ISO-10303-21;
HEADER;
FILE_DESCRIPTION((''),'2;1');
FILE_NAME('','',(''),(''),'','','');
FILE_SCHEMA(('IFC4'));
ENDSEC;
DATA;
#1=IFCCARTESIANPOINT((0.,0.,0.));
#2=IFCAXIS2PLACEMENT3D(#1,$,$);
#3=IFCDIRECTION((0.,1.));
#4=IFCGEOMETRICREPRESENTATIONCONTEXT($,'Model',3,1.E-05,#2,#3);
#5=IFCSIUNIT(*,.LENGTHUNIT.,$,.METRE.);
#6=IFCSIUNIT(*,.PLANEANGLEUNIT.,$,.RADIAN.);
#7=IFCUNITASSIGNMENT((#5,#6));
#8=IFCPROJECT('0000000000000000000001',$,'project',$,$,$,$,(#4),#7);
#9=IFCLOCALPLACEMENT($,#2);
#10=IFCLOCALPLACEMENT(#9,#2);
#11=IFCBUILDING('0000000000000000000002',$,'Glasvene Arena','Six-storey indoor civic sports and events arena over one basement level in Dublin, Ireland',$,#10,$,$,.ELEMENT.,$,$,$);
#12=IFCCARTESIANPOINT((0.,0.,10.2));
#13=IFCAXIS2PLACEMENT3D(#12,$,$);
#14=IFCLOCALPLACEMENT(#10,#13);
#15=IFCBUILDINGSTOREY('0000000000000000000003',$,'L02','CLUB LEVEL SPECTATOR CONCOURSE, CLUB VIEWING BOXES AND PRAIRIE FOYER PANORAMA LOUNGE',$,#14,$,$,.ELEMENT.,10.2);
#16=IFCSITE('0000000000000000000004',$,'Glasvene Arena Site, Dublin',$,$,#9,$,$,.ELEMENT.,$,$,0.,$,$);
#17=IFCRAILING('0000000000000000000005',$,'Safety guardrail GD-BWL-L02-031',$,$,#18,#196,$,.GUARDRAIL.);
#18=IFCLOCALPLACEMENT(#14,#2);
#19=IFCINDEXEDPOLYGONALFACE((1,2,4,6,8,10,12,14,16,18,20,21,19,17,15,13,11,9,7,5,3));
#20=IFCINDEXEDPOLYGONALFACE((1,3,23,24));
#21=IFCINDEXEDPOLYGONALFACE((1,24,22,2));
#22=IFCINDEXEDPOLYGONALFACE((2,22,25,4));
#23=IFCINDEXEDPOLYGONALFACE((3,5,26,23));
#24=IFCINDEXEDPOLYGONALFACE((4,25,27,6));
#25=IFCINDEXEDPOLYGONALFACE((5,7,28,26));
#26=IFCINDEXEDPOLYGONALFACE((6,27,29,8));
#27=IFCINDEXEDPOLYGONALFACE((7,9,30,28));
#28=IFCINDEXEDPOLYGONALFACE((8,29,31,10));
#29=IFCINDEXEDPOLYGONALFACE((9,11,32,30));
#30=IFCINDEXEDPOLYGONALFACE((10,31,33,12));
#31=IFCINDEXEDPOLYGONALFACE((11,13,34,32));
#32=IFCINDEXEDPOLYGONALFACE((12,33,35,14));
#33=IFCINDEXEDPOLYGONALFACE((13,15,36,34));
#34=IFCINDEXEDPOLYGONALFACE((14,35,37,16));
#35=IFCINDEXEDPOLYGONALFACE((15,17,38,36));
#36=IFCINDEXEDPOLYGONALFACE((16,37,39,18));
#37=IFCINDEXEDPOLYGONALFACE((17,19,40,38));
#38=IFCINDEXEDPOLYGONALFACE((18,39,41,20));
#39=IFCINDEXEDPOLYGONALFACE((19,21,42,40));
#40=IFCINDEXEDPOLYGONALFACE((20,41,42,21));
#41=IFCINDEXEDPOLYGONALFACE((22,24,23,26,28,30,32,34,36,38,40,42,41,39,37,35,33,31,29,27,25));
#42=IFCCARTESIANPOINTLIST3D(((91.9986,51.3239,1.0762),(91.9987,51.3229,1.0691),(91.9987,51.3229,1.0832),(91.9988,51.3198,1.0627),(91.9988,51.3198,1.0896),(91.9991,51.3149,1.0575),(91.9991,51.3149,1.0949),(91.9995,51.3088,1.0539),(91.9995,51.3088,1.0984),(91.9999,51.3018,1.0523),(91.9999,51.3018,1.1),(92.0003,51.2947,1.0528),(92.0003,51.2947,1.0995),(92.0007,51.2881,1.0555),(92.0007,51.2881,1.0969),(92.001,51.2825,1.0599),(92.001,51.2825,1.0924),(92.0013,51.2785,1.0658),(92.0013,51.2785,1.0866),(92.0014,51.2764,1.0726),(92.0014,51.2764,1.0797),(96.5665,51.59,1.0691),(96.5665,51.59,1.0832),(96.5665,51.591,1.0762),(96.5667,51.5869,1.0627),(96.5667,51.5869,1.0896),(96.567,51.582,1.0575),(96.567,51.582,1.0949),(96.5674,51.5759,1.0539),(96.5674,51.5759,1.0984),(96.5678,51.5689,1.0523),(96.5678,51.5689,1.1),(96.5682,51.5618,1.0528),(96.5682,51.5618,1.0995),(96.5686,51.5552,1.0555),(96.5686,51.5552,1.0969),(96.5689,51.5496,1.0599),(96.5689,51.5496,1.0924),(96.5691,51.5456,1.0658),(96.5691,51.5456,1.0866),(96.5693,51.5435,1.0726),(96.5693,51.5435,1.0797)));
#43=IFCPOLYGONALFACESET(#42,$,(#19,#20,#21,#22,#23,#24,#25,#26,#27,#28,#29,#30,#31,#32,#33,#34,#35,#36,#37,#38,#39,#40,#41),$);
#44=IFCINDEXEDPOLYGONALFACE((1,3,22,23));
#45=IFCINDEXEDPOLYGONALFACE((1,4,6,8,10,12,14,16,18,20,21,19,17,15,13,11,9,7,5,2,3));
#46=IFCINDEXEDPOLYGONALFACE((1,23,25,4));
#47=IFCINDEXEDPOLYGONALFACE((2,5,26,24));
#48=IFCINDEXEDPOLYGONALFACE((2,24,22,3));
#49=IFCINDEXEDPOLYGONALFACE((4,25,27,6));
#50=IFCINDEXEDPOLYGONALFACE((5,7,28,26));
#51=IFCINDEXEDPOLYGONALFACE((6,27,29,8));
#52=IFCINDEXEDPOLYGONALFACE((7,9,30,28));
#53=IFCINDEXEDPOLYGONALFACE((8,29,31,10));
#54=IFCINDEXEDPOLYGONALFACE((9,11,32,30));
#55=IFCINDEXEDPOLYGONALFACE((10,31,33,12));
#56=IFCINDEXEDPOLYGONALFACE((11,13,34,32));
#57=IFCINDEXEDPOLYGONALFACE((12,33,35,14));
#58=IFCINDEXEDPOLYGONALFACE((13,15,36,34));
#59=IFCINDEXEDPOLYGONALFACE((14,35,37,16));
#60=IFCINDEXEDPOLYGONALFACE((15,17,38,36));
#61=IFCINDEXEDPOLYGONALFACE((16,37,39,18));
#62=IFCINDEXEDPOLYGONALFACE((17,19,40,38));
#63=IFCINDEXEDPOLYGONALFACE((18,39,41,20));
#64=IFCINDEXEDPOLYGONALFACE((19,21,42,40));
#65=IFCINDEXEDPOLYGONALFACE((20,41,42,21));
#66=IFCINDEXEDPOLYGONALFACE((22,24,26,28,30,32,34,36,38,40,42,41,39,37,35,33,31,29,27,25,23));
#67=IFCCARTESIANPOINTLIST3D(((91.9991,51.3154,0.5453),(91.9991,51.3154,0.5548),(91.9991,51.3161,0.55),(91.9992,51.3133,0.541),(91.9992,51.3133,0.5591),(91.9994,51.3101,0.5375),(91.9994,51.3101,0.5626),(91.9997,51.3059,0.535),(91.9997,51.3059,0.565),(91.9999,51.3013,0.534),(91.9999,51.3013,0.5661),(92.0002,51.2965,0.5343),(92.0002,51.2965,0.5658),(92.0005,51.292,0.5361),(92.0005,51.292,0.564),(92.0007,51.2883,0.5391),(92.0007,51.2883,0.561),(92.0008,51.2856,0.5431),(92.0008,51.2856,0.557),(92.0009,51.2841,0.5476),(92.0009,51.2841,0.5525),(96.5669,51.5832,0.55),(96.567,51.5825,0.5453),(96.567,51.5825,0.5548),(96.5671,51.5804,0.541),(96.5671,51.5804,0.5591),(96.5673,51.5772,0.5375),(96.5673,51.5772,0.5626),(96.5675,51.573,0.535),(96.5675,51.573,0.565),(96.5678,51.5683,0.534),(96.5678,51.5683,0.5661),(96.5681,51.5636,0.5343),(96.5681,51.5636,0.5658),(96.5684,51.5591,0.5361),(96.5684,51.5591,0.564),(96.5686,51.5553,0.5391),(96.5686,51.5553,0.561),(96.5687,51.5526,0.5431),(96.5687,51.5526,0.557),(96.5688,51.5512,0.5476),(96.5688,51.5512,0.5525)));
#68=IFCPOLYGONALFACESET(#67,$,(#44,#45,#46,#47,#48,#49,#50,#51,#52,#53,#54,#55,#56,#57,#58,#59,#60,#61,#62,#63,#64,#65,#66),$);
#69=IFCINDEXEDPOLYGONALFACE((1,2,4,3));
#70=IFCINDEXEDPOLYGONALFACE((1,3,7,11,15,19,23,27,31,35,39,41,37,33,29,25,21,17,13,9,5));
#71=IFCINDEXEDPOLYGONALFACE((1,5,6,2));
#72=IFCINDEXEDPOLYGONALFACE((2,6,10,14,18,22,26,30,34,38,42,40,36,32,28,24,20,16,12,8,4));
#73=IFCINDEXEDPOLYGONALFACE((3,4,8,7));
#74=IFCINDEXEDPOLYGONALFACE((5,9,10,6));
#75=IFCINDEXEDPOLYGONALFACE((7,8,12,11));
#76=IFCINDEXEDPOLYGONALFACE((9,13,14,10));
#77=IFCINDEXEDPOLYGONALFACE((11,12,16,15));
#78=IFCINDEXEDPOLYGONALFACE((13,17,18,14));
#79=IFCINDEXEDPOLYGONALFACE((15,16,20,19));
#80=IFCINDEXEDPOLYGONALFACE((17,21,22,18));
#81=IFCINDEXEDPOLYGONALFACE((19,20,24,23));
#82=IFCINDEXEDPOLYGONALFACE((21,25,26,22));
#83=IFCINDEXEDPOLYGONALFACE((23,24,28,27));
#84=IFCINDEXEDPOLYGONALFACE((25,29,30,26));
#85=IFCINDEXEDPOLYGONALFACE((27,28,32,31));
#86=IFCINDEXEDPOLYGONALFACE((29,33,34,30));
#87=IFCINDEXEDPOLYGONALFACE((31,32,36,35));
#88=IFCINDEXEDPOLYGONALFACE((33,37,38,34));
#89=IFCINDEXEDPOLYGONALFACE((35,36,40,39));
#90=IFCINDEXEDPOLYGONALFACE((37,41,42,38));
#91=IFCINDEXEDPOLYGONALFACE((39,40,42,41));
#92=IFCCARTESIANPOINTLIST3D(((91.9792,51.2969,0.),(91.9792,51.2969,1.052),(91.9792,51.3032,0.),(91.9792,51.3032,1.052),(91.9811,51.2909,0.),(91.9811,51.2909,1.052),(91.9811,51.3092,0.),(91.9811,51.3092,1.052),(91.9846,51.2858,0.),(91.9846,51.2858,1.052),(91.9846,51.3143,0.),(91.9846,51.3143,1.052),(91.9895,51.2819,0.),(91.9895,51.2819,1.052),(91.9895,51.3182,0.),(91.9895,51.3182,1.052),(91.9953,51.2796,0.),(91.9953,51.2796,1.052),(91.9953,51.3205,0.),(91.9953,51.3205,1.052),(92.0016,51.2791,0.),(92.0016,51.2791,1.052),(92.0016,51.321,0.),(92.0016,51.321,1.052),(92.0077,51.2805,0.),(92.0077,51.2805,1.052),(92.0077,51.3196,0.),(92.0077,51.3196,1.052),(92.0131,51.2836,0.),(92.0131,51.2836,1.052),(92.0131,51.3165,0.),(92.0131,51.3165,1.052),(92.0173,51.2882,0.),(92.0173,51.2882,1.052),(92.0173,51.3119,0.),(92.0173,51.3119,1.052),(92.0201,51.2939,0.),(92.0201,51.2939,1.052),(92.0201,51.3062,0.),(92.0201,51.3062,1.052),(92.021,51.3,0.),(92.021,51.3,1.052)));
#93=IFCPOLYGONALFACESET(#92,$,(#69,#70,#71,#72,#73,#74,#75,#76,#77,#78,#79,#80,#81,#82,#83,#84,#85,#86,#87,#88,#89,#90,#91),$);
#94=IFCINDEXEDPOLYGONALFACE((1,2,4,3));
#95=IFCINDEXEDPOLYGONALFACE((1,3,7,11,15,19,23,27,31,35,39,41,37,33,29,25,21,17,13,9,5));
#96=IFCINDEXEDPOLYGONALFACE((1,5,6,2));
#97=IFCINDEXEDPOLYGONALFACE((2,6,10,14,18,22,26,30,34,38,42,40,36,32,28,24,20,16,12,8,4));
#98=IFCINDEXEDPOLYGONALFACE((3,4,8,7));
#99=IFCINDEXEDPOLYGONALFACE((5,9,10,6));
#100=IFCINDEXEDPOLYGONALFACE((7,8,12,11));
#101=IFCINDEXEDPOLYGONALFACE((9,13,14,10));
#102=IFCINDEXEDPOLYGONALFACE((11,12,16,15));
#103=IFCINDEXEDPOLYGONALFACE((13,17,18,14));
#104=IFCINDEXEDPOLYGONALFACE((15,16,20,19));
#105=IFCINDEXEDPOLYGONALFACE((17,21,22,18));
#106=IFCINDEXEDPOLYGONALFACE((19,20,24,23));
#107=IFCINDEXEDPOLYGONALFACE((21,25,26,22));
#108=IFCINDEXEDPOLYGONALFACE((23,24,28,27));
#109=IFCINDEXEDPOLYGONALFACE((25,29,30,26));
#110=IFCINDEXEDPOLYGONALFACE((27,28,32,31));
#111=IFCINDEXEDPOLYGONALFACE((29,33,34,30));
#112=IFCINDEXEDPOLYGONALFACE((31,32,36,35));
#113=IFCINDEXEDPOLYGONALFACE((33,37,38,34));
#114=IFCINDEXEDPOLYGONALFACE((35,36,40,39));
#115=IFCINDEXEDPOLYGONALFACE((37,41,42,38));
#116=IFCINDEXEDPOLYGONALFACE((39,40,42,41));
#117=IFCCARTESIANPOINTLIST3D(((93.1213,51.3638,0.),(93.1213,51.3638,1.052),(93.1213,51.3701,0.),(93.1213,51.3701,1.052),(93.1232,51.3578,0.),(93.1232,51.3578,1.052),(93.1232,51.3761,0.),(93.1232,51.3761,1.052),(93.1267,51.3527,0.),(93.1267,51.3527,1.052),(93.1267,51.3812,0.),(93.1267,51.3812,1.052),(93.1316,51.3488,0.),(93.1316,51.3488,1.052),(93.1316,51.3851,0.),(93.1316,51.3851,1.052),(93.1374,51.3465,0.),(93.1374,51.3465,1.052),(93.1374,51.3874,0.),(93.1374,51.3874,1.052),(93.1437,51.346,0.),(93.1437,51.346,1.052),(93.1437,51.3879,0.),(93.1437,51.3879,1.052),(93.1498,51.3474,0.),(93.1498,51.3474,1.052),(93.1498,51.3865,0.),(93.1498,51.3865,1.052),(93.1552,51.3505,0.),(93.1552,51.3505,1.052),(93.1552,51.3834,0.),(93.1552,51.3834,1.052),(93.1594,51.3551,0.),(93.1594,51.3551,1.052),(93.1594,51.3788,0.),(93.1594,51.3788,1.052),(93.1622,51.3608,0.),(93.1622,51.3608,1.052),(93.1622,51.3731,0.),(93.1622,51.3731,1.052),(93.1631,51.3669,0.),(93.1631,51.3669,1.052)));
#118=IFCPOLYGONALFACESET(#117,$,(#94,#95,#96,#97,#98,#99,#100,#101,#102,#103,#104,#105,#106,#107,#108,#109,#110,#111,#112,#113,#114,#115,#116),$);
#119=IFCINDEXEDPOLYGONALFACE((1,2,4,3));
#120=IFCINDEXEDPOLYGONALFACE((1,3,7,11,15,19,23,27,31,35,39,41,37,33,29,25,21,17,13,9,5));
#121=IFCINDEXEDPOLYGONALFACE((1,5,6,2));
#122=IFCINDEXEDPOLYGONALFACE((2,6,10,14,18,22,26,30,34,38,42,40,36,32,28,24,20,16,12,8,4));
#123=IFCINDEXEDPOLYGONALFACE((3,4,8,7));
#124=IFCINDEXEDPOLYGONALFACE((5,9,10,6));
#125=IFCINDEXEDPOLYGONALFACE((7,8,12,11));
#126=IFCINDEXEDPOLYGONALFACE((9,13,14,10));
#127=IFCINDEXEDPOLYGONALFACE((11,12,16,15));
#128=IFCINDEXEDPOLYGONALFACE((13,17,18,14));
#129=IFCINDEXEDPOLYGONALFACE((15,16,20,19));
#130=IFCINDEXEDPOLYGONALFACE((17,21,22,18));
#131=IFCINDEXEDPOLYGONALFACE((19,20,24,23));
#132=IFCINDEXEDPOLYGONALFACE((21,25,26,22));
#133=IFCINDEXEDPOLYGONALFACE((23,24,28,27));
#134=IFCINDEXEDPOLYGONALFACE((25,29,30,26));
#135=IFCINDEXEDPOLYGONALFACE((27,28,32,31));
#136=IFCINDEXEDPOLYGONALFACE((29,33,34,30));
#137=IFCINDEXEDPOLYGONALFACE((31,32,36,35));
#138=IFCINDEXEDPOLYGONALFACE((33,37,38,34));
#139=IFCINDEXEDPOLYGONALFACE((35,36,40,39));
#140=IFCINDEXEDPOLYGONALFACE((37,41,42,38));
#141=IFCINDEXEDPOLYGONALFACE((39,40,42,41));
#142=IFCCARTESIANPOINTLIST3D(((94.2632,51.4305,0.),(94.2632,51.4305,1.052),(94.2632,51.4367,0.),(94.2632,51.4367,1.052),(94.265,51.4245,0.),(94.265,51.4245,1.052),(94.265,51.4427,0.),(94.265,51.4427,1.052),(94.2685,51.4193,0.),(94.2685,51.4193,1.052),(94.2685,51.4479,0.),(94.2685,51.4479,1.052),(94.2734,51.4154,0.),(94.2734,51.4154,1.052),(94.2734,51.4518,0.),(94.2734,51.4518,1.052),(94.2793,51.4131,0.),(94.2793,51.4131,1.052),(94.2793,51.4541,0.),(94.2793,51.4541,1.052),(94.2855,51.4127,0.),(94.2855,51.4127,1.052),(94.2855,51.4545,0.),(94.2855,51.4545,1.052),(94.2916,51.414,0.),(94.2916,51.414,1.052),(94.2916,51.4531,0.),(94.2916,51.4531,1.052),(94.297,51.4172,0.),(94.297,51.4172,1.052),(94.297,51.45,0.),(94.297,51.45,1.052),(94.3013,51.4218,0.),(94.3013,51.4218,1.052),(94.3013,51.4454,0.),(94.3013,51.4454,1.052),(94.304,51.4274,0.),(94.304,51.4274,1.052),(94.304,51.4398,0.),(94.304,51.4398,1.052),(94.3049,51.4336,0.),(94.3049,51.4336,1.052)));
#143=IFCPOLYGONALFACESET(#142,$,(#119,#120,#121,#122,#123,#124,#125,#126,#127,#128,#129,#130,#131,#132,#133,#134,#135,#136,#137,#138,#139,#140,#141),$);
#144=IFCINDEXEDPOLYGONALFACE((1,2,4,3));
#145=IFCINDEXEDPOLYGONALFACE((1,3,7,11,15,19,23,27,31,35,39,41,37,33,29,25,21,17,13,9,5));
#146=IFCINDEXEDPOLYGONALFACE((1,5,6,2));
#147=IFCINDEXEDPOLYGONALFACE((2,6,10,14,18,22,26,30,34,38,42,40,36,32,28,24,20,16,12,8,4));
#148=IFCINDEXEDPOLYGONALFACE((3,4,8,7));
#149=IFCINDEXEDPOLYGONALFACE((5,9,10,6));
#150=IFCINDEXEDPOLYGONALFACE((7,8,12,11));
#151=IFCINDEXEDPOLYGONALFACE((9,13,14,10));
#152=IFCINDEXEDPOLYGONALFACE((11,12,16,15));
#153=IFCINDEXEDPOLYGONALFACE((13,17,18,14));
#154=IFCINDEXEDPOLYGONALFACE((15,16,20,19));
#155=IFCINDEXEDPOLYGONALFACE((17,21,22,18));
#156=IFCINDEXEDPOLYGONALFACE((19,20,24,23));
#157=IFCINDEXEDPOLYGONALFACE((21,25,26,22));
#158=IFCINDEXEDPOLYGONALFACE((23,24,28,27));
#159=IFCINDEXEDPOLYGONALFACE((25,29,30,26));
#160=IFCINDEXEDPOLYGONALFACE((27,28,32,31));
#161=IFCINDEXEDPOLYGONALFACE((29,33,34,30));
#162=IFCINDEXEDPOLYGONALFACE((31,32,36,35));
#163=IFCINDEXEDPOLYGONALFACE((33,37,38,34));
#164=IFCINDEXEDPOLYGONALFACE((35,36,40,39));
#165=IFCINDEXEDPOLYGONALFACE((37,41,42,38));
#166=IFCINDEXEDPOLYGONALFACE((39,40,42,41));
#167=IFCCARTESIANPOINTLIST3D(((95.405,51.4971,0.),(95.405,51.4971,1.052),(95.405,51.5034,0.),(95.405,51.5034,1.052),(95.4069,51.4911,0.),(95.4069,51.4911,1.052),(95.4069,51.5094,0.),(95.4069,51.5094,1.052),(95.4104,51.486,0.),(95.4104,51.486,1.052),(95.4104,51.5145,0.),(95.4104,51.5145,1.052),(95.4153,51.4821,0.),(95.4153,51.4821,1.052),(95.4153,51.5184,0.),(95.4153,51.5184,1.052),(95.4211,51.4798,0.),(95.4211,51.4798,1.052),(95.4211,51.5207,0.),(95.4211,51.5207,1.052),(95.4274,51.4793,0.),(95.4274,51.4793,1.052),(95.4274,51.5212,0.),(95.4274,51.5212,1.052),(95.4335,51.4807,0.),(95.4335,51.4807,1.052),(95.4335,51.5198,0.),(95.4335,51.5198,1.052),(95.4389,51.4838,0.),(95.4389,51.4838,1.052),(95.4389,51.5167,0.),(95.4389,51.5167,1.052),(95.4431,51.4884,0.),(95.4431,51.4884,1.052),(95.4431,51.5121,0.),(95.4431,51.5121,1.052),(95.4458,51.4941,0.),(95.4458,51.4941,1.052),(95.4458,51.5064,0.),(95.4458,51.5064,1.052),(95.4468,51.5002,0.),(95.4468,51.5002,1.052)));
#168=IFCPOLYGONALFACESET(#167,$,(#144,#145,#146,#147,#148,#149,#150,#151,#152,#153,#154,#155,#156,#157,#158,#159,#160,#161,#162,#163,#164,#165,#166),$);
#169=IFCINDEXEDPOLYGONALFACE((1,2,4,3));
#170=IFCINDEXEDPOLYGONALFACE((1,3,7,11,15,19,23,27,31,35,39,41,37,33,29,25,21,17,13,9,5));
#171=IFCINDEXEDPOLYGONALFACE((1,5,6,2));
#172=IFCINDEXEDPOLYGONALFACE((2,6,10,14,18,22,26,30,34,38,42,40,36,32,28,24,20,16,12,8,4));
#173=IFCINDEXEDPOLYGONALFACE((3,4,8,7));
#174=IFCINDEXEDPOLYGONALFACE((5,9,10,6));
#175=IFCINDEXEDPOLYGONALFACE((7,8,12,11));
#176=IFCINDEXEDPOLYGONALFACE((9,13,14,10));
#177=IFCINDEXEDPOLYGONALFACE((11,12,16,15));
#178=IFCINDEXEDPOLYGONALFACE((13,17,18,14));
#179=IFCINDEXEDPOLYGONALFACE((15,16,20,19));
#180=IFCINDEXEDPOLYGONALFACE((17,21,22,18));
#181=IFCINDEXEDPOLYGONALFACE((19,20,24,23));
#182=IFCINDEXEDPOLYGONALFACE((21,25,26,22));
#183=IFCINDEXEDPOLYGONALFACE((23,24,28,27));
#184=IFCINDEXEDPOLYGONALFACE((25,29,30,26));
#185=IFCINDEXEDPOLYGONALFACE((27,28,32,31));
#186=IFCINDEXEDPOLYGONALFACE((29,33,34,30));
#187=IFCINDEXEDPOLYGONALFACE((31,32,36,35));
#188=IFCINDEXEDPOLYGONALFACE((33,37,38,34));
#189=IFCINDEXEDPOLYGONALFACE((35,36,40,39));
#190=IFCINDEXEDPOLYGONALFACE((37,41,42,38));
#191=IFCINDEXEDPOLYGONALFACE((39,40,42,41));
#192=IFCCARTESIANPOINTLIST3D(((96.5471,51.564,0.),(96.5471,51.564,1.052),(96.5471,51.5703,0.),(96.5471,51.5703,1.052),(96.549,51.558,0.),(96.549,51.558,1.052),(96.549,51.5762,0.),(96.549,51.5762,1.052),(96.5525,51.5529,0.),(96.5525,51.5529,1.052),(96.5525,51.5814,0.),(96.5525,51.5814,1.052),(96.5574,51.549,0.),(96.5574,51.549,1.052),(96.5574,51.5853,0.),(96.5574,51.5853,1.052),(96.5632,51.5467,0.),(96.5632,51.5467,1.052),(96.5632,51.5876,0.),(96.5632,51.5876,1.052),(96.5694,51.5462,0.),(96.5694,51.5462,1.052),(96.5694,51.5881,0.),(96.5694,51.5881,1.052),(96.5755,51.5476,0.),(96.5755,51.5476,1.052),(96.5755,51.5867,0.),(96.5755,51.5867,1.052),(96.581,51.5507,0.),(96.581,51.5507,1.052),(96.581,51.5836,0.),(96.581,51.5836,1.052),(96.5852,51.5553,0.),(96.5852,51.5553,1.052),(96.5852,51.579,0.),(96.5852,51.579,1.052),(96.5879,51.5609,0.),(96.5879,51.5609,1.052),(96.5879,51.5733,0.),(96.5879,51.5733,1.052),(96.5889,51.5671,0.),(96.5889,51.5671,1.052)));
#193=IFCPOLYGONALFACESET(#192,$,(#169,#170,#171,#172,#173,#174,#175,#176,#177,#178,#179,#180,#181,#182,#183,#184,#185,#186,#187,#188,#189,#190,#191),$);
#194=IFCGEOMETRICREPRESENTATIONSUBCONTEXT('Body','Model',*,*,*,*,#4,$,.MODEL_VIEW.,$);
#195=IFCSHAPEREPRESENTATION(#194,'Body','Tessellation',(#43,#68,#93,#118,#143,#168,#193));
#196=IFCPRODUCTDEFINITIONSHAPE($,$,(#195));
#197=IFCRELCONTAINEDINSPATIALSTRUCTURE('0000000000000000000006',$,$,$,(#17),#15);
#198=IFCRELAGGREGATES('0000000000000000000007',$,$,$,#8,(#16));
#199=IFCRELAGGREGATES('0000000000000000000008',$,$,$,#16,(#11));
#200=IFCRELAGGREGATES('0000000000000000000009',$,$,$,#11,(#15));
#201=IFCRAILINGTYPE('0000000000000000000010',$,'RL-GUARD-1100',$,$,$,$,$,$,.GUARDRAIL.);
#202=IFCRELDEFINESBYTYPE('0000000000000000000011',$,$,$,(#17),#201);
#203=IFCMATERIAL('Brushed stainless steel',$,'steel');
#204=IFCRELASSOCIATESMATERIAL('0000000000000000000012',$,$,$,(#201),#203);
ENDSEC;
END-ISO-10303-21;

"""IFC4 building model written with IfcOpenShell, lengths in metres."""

from ifc_helpers import new_model, si_unit, direction, frame, origin, origin_2d, place, context, subcontext, project, spatial, circle, extrude, material, type_object, element, save


model = new_model("IFC4")

# Units and contexts
model_context = context("Model", 3, precision=1e-05, world=origin(), true_north=direction((0.0, 1.0)))
body_context = subcontext(model_context, "Body", "Model", "MODEL_VIEW")
ifc_project = project(units=[si_unit("LENGTHUNIT", "METRE"), si_unit("PLANEANGLEUNIT", "RADIAN")], contexts=[model_context])

# Site, building, storey
site_placement = place(None, origin())
site = spatial("IfcSite", under=ifc_project, at=site_placement, Name="Glasvene Arena Site, Dublin", CompositionType="ELEMENT", RefElevation=0.0)
building_placement = place(site_placement, origin())
building = spatial("IfcBuilding", under=site, at=building_placement, Name="Glasvene Arena", Description="Six-storey indoor civic sports and events arena over one basement level in Dublin, Ireland", CompositionType="ELEMENT")
storey_placement = place(building_placement, frame((0.0, 0.0, 10.2)))
storey = spatial("IfcBuildingStorey", under=building, at=storey_placement, Name="L02", Description="CLUB LEVEL SPECTATOR CONCOURSE, CLUB VIEWING BOXES AND PRAIRIE FOYER PANORAMA LOUNGE", CompositionType="ELEMENT", Elevation=10.2)

# Railing
ifc_material_1 = material(Name="Brushed stainless steel", Category="steel")
railing_type = type_object("IfcRailingType", Name="RL-GUARD-1100", PredefinedType="GUARDRAIL", material=ifc_material_1)
railing_1_placement = place(storey_placement, frame((92.0, 51.3, 0.0)))
element("IfcRailing", 1, at=railing_1_placement, inside=storey, type_object=railing_type, Name="Safety guardrail GD-BWL-L02-031", PredefinedType="GUARDRAIL", context=body_context, shape_type="SweptSolid", body=[
    extrude(circle(Radius=0.0239, at=origin_2d()), frame((0.0, 0.0, 1.0762), z_axis=(0.998295, 0.058372, 0.0), x_axis=(-0.058372, 0.998295, 0.0)), (0.0, 0.0, 1.0), 4.5757),
    extrude(circle(Radius=0.0161, at=origin_2d()), frame((0.0, 0.0, 0.55), z_axis=(0.998295, 0.058372, 0.0), x_axis=(-0.058372, 0.998295, 0.0)), (0.0, 0.0, 1.0), 4.5757),
    extrude(circle(Radius=0.021, at=origin_2d()), origin(), (0.0, 0.0, 1.0), 1.052),
    extrude(circle(Radius=0.021, at=origin_2d()), frame((1.1421, 0.0669, 0.0)), (0.0, 0.0, 1.0), 1.052),
    extrude(circle(Radius=0.021, at=origin_2d()), frame((2.2839, 0.1335, 0.0)), (0.0, 0.0, 1.0), 1.052),
    extrude(circle(Radius=0.021, at=origin_2d()), frame((3.4258, 0.2002, 0.0)), (0.0, 0.0, 1.0), 1.052),
    extrude(circle(Radius=0.021, at=origin_2d()), frame((4.5679, 0.2671, 0.0)), (0.0, 0.0, 1.0), 1.052),
])

save(model, "model.ifc")
